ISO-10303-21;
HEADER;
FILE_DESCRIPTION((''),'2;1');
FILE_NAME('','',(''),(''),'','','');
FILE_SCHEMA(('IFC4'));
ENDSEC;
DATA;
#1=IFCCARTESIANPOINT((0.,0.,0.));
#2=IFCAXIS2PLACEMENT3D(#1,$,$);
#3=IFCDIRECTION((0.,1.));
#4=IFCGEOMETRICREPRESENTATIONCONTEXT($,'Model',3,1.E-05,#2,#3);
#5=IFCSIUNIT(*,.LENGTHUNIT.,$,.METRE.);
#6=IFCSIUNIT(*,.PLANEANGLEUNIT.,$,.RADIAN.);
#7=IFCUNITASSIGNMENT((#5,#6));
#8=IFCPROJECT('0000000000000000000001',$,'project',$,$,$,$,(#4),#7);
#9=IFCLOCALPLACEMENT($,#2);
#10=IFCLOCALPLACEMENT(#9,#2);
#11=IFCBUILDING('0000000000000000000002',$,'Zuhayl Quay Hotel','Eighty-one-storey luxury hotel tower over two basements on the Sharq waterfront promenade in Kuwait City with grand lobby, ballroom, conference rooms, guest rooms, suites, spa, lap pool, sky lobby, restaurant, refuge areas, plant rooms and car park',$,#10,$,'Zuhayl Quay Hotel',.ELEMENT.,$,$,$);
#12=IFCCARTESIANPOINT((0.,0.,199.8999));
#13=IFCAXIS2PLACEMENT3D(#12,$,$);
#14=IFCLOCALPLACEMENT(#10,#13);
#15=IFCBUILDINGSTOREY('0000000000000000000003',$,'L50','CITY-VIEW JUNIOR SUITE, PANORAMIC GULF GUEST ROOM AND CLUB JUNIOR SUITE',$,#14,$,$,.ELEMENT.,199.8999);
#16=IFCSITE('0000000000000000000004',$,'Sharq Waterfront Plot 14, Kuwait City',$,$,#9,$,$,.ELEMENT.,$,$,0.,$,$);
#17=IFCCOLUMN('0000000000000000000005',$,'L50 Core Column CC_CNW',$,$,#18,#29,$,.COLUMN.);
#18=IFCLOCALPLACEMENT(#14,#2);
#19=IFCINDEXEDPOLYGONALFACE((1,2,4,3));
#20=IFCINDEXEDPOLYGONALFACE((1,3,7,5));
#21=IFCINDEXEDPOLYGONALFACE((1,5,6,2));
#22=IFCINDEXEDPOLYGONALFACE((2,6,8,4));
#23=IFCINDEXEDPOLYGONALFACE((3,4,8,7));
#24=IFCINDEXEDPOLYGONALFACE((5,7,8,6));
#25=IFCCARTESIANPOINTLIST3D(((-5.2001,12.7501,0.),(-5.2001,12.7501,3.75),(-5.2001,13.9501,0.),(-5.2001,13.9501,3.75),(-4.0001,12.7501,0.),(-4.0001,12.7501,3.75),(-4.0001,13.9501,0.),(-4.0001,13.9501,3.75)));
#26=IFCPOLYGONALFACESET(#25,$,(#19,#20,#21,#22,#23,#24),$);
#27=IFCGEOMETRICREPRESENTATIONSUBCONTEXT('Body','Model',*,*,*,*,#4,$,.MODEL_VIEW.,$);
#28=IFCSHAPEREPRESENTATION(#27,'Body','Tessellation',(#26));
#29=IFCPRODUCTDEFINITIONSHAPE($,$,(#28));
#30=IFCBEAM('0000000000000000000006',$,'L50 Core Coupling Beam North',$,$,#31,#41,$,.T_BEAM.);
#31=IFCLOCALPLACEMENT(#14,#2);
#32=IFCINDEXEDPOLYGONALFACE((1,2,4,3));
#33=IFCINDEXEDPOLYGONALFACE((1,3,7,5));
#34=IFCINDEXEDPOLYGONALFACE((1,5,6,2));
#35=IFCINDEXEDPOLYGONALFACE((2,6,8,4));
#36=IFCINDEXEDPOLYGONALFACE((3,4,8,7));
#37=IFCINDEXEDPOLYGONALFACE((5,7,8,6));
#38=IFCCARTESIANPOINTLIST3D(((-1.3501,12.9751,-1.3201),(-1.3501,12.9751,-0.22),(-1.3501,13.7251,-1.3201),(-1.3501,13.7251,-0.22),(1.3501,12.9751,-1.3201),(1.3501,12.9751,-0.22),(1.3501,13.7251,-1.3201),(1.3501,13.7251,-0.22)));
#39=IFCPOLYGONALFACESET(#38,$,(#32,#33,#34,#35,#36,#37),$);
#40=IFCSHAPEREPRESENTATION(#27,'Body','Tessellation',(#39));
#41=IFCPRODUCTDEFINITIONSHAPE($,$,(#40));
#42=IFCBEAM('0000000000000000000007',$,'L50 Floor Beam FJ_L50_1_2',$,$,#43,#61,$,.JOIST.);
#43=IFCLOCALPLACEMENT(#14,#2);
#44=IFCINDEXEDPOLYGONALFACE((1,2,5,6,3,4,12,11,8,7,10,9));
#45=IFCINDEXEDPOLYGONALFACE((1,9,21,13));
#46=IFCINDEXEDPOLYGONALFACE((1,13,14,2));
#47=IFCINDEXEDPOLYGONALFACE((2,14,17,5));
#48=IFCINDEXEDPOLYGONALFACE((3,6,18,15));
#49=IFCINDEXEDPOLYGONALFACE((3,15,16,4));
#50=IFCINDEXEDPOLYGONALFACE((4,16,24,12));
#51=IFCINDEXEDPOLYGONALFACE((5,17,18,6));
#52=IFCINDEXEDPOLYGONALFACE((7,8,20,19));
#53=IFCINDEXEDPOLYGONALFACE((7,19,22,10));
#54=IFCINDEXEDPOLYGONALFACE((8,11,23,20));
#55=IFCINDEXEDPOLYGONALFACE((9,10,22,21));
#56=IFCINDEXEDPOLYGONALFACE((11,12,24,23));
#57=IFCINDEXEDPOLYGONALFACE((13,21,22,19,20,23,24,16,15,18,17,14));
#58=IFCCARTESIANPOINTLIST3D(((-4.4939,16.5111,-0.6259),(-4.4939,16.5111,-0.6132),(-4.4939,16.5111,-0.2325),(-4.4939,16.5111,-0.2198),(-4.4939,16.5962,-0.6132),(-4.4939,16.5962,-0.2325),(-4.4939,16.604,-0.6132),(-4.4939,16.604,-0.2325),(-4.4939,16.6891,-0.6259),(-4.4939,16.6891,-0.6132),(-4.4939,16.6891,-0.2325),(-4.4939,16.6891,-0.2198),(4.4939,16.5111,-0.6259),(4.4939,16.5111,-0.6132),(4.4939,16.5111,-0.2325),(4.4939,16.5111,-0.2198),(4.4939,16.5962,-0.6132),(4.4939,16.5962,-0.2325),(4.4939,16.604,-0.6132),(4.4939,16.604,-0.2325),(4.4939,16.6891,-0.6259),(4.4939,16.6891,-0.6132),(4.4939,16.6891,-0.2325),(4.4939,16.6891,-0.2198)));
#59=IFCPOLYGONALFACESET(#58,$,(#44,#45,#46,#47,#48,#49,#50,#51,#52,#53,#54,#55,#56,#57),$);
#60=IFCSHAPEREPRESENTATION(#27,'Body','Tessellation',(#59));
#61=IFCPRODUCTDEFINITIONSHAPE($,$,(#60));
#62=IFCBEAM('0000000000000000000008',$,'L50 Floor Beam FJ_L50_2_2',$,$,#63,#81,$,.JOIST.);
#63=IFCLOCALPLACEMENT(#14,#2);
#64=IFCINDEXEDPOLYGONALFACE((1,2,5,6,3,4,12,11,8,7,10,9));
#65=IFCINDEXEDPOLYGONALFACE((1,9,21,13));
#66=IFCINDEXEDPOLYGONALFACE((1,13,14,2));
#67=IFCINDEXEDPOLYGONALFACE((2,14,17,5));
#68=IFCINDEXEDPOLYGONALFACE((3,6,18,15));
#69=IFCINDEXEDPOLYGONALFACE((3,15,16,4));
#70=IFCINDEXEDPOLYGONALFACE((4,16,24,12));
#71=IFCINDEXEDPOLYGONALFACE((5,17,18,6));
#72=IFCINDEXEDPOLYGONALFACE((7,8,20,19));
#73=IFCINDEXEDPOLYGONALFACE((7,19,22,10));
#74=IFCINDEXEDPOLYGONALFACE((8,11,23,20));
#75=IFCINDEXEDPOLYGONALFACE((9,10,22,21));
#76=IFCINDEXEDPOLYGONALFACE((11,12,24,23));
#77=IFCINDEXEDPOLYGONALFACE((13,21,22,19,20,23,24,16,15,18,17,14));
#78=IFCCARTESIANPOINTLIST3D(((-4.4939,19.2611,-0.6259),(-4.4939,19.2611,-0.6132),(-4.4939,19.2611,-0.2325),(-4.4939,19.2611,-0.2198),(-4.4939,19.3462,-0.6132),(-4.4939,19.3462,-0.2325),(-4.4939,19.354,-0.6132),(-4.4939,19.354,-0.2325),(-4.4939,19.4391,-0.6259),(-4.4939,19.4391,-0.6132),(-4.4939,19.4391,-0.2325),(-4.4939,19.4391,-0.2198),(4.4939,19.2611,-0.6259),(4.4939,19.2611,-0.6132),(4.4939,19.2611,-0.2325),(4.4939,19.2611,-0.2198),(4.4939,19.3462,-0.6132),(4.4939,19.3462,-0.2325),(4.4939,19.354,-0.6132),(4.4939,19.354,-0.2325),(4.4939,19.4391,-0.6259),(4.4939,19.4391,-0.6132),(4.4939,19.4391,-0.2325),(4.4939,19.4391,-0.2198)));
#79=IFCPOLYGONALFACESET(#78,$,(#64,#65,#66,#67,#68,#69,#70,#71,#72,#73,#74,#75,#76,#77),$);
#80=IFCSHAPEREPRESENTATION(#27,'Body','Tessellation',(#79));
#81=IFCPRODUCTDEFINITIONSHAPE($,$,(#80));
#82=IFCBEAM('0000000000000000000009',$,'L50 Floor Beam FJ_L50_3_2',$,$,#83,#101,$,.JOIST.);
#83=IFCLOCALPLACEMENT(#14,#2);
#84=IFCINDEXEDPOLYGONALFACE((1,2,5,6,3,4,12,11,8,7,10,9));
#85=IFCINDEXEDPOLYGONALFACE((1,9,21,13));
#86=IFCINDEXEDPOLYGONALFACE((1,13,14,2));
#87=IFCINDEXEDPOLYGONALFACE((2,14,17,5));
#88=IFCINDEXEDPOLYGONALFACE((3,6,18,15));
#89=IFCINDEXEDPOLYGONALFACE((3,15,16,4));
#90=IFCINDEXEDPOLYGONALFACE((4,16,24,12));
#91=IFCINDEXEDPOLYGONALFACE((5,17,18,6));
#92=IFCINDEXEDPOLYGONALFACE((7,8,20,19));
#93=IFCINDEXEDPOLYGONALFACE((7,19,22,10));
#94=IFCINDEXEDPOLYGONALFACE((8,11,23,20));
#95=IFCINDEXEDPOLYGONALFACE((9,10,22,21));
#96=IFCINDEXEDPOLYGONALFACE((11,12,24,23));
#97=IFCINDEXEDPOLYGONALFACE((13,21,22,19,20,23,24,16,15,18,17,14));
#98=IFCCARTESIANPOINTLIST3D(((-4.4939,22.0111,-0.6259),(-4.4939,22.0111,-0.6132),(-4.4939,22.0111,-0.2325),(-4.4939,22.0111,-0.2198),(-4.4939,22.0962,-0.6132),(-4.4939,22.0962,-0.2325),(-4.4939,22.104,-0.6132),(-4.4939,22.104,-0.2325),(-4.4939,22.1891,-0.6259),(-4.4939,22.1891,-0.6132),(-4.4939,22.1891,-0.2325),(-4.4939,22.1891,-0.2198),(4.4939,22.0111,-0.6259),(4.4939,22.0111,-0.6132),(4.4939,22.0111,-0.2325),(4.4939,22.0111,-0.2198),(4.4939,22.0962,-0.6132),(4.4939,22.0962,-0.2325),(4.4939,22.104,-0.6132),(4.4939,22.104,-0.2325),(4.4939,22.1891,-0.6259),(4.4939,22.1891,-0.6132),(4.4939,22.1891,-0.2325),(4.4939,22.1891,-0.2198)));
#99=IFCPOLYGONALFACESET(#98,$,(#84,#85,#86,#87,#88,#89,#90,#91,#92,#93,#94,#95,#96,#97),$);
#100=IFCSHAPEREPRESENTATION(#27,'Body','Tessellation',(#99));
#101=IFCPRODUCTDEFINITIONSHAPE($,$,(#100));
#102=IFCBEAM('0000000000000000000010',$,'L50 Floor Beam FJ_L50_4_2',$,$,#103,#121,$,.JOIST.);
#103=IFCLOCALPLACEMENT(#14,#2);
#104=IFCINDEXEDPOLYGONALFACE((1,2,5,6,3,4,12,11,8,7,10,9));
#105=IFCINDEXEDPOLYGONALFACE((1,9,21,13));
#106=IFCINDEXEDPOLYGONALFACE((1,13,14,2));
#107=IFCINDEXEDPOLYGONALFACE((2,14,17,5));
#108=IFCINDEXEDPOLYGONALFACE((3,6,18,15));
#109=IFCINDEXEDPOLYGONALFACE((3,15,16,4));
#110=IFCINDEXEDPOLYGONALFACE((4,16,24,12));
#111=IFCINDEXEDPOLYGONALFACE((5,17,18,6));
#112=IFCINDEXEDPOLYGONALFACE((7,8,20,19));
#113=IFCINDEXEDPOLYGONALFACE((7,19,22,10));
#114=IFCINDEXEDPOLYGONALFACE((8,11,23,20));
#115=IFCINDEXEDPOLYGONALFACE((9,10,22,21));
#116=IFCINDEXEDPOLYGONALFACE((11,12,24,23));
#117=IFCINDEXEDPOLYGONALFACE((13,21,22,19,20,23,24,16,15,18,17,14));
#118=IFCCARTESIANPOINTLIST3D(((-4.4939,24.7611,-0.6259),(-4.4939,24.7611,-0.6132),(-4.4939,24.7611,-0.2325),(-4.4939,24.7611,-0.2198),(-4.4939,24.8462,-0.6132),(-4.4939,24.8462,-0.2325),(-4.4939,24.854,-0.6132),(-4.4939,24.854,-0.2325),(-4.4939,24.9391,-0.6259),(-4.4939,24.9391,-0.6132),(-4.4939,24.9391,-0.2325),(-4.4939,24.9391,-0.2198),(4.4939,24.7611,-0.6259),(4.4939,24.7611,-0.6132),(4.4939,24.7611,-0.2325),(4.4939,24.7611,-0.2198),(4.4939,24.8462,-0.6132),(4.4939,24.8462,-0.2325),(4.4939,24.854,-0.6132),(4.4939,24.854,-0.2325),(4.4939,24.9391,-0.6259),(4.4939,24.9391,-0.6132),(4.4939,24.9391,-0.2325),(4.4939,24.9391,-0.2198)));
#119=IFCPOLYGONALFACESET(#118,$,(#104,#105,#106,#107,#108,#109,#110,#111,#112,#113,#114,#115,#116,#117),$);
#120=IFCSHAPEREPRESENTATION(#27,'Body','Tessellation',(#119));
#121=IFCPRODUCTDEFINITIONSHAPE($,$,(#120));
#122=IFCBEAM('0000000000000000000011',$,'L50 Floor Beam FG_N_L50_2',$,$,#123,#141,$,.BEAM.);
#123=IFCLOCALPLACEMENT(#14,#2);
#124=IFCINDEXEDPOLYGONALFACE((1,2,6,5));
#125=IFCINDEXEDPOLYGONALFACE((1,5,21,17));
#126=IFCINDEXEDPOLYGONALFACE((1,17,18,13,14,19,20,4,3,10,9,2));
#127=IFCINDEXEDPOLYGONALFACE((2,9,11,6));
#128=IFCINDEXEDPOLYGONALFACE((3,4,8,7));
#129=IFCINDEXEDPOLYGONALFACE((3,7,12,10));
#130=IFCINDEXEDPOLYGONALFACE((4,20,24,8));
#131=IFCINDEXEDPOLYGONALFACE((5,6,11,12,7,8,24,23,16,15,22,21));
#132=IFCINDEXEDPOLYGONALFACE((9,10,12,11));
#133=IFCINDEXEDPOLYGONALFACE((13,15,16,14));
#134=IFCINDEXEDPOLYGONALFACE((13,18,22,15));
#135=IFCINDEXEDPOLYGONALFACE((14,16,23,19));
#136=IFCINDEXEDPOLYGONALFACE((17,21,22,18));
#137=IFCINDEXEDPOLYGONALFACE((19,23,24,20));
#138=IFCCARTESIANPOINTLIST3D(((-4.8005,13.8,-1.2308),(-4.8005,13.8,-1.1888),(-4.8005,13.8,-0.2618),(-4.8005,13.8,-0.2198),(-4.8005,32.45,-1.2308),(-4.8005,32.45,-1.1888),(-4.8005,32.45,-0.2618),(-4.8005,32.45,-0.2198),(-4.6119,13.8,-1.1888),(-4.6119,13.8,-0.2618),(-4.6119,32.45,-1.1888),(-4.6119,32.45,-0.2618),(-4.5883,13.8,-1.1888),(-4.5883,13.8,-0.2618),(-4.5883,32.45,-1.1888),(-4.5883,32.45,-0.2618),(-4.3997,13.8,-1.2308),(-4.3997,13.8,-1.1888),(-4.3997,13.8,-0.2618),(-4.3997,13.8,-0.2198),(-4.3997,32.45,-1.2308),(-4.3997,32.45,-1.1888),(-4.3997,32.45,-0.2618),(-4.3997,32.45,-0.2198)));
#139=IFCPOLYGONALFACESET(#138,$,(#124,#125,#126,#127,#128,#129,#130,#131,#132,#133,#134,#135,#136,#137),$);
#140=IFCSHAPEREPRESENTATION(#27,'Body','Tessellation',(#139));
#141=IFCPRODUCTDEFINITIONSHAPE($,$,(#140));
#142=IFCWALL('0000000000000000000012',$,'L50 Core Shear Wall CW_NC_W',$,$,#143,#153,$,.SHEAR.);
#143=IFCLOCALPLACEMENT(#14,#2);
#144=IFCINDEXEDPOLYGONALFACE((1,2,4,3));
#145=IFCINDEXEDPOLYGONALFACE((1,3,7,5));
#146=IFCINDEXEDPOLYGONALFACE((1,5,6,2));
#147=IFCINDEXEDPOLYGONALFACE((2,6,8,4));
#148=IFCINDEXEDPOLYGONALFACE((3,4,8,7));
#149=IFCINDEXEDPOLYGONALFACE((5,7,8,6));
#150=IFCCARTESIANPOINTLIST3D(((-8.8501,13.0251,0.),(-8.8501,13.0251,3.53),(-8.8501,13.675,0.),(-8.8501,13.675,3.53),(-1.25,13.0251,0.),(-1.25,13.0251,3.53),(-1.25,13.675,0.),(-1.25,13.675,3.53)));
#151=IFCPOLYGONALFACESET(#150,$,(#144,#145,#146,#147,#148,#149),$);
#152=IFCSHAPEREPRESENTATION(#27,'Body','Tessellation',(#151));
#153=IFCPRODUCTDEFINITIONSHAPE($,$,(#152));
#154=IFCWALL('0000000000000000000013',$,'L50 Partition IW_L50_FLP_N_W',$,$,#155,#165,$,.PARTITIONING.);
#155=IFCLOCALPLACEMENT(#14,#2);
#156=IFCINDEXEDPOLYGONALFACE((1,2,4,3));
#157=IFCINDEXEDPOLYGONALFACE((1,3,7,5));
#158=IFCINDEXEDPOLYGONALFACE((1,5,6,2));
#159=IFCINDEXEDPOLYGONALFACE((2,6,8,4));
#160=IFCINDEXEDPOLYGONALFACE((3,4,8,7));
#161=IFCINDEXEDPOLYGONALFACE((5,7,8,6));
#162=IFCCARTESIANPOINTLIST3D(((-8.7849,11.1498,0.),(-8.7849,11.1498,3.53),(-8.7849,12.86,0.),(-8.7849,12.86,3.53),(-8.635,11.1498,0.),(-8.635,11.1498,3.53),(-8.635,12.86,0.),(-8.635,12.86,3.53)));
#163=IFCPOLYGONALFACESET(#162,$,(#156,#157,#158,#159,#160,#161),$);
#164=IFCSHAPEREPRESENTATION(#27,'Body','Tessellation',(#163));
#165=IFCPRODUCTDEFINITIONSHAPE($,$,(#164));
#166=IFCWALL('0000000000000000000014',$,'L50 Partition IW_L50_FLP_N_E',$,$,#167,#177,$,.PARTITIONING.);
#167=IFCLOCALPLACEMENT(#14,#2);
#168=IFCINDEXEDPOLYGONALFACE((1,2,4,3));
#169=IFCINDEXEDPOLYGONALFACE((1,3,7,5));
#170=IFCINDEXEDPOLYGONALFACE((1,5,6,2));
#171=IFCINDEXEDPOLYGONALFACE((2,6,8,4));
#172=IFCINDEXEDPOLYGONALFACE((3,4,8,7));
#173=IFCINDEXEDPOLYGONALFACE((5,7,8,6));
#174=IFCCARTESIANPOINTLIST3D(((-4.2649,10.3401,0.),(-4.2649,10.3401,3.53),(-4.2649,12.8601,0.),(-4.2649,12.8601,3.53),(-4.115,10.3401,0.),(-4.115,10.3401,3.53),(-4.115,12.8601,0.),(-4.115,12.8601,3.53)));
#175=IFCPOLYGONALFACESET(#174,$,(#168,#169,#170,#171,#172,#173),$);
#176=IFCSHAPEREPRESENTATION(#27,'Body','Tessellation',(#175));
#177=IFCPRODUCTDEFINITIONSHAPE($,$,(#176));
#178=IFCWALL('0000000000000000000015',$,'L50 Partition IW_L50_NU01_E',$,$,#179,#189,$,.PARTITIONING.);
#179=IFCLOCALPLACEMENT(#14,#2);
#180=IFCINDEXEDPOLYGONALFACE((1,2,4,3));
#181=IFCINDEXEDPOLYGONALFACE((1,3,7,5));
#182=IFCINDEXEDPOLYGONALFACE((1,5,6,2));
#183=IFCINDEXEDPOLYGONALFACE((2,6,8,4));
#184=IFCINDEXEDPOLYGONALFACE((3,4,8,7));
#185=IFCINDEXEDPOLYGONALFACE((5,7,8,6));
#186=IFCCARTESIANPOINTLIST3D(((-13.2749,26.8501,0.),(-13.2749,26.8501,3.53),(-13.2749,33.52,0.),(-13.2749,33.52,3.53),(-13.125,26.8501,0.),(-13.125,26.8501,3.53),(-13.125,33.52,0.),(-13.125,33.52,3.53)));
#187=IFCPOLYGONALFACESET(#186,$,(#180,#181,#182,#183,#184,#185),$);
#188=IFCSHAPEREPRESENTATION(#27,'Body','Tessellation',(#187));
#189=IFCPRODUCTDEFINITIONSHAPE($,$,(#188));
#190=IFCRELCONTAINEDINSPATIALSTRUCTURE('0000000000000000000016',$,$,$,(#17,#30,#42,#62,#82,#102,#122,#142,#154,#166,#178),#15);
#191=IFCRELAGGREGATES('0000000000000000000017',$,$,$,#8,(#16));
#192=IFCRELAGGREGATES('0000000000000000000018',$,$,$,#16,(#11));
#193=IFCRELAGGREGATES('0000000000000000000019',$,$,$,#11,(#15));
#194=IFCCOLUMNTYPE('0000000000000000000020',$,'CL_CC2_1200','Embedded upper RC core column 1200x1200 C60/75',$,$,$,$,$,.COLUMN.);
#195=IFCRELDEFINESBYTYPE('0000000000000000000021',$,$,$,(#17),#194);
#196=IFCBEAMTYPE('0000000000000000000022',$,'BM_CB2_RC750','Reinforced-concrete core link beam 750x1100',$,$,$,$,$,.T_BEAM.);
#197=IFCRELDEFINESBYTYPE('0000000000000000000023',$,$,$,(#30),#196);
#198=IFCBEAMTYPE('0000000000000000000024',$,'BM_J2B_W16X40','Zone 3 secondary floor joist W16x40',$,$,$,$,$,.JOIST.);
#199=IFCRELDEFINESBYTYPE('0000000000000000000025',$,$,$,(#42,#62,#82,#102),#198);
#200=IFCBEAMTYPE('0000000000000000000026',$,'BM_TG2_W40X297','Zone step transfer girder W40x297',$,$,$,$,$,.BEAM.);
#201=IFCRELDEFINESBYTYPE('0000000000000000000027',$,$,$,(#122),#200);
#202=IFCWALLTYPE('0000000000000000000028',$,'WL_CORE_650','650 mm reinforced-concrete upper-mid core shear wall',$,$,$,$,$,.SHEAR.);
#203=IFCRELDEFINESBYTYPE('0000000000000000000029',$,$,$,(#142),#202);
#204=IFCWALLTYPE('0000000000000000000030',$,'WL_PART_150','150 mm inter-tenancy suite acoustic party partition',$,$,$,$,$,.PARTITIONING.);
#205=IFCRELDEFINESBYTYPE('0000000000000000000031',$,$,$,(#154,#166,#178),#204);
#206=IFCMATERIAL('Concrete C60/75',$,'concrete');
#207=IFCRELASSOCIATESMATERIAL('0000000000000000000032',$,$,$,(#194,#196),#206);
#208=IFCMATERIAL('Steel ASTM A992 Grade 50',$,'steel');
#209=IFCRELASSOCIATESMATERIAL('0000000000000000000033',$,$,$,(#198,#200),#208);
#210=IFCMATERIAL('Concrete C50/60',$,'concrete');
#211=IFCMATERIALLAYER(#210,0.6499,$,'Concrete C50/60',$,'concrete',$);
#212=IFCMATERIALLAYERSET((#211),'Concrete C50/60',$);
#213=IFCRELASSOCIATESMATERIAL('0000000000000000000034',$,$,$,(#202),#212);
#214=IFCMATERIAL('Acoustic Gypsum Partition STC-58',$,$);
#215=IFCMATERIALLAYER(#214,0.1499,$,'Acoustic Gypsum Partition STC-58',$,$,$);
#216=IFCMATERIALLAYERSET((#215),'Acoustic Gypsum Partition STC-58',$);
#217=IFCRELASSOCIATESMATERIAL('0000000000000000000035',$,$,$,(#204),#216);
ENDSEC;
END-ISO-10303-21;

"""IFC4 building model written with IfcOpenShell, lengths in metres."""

from ifc_helpers import new_model, si_unit, direction, frame, frame_2d, origin, origin_2d, place, context, subcontext, project, spatial, rectangle, i_section, extrude, material, layer, layer_set, material_profile, profile_set, type_object, element, save


model = new_model("IFC4")

# Units and contexts
model_context = context("Model", 3, precision=1e-05, world=origin(), true_north=direction((0.0, 1.0)))
body_context = subcontext(model_context, "Body", "Model", "MODEL_VIEW")
ifc_project = project(units=[si_unit("LENGTHUNIT", "METRE"), si_unit("PLANEANGLEUNIT", "RADIAN")], contexts=[model_context])

# Site, building, storey
site_placement = place(None, origin())
site = spatial("IfcSite", under=ifc_project, at=site_placement, Name="Sharq Waterfront Plot 14, Kuwait City", CompositionType="ELEMENT", RefElevation=0.0)
building_placement = place(site_placement, origin())
building = spatial("IfcBuilding", under=site, at=building_placement, Name="Zuhayl Quay Hotel", Description="Eighty-one-storey luxury hotel tower over two basements on the Sharq waterfront promenade in Kuwait City with grand lobby, ballroom, conference rooms, guest rooms, suites, spa, lap pool, sky lobby, restaurant, refuge areas, plant rooms and car park", LongName="Zuhayl Quay Hotel", CompositionType="ELEMENT")
storey_placement = place(building_placement, frame((0.0, 0.0, 199.8999)))
storey = spatial("IfcBuildingStorey", under=building, at=storey_placement, Name="L50", Description="CITY-VIEW JUNIOR SUITE, PANORAMIC GULF GUEST ROOM AND CLUB JUNIOR SUITE", CompositionType="ELEMENT", Elevation=199.8999)

# Column
ifc_material_1 = material(Name="Concrete C60/75", Category="concrete")
ifc_material_profile_1 = material_profile(ifc_material_1, rectangle(XDim=1.2, YDim=1.2, at=origin_2d()), Name="RC1200X1200")
ifc_profile_set_1 = profile_set([ifc_material_profile_1], Name="Concrete C60/75")
column_type = type_object("IfcColumnType", Name="CL_CC2_1200", Description="Embedded upper RC core column 1200x1200 C60/75", PredefinedType="COLUMN", material=ifc_profile_set_1)
column_placement = place(storey_placement, frame((-4.6001, 13.3501, 0.0), z_axis=(0.0, 0.0, 1.0), x_axis=(1.0, 0.0, 0.0)))
element("IfcColumn", 1, at=column_placement, inside=storey, type_object=column_type, Name="L50 Core Column CC_CNW", PredefinedType="COLUMN", context=body_context, shape_type="SweptSolid", body=[
    extrude(rectangle(XDim=1.2, YDim=1.2, at=origin_2d()), origin(), (0.0, 0.0, 1.0), 3.75),
])

# Beams
ifc_material_profile_2 = material_profile(ifc_material_1, rectangle(XDim=0.75, YDim=1.1001, at=origin_2d()), Name="RC750X1100")
ifc_profile_set_2 = profile_set([ifc_material_profile_2], Name="Concrete C60/75")
beam_type_1 = type_object("IfcBeamType", Name="BM_CB2_RC750", Description="Reinforced-concrete core link beam 750x1100", PredefinedType="T_BEAM", material=ifc_profile_set_2)
beam_1_placement = place(storey_placement, frame((-1.3501, 13.3501, -0.77), z_axis=(1.0, 0.0, 0.0), x_axis=(0.0, 1.0, 0.0)))
element("IfcBeam", 2, at=beam_1_placement, inside=storey, type_object=beam_type_1, Name="L50 Core Coupling Beam North", PredefinedType="T_BEAM", context=body_context, shape_type="SweptSolid", body=[
    extrude(rectangle(XDim=0.75, YDim=1.1001, at=origin_2d()), origin(), (0.0, 0.0, 1.0), 2.7002),
])
ifc_material_2 = material(Name="Steel ASTM A992 Grade 50", Category="steel")
ifc_material_profile_3 = material_profile(ifc_material_2, i_section(OverallWidth=0.178, OverallDepth=0.406, WebThickness=0.0078, FlangeThickness=0.0127, at=origin_2d()), Name="W16X40")
ifc_profile_set_3 = profile_set([ifc_material_profile_3], Name="Steel ASTM A992 Grade 50")
beam_type_2 = type_object("IfcBeamType", Name="BM_J2B_W16X40", Description="Zone 3 secondary floor joist W16x40", PredefinedType="JOIST", material=ifc_profile_set_3)
for number, where, z_axis, x_axis, name in (
    (3, (-4.4939, 16.6001, -0.4229), (1.0, 0.0, 0.0), (0.0, 1.0, 0.0), "L50 Floor Beam FJ_L50_1_2"),
    (4, (-4.4939, 19.3501, -0.4229), (1.0, 0.0, 0.0), (0.0, 1.0, 0.0), "L50 Floor Beam FJ_L50_2_2"),
    (5, (-4.4939, 22.1001, -0.4229), (1.0, 0.0, 0.0), (0.0, 1.0, 0.0), "L50 Floor Beam FJ_L50_3_2"),
    (6, (-4.4939, 24.8501, -0.4229), (1.0, 0.0, 0.0), (0.0, 1.0, 0.0), "L50 Floor Beam FJ_L50_4_2"),
):
    element("IfcBeam", number, at=place(storey_placement, frame(where, z_axis=z_axis, x_axis=x_axis)), inside=storey, type_object=beam_type_2, Name=name, PredefinedType="JOIST", context=body_context, shape_type="SweptSolid", body=[
        extrude(i_section(OverallWidth=0.178, OverallDepth=0.406, WebThickness=0.0078, FlangeThickness=0.0127, at=origin_2d()), origin(), (0.0, 0.0, 1.0), 8.9878),
    ])
ifc_material_profile_4 = material_profile(ifc_material_2, i_section(OverallWidth=0.4009, OverallDepth=1.011, WebThickness=0.0237, FlangeThickness=0.042, at=origin_2d()), Name="W40X297")
ifc_profile_set_4 = profile_set([ifc_material_profile_4], Name="Steel ASTM A992 Grade 50")
beam_type_3 = type_object("IfcBeamType", Name="BM_TG2_W40X297", Description="Zone step transfer girder W40x297", PredefinedType="BEAM", material=ifc_profile_set_4)
beam_2_placement = place(storey_placement, frame((-4.6001, 13.8, -0.7253), z_axis=(0.0, 1.0, 0.0), x_axis=(-1.0, 0.0, 0.0)))
element("IfcBeam", 7, at=beam_2_placement, inside=storey, type_object=beam_type_3, Name="L50 Floor Beam FG_N_L50_2", PredefinedType="BEAM", context=body_context, shape_type="SweptSolid", body=[
    extrude(i_section(OverallWidth=0.4009, OverallDepth=1.011, WebThickness=0.0237, FlangeThickness=0.042, at=origin_2d()), origin(), (0.0, 0.0, 1.0), 18.6499),
])

# Walls
ifc_material_3 = material(Name="Concrete C50/60", Category="concrete")
ifc_layer_1 = layer(ifc_material_3, 0.6499, Name="Concrete C50/60", Category="concrete")
ifc_layer_set_1 = layer_set([ifc_layer_1], Name="Concrete C50/60")
wall_type_1 = type_object("IfcWallType", Name="WL_CORE_650", Description="650 mm reinforced-concrete upper-mid core shear wall", PredefinedType="SHEAR", material=ifc_layer_set_1)
wall_1_placement = place(storey_placement, frame((-8.8501, 13.3501, 0.0), z_axis=(0.0, 0.0, 1.0), x_axis=(1.0, 0.0, 0.0)))
element("IfcWall", 8, at=wall_1_placement, inside=storey, type_object=wall_type_1, Name="L50 Core Shear Wall CW_NC_W", PredefinedType="SHEAR", context=body_context, shape_type="SweptSolid", body=[
    extrude(rectangle(XDim=7.6001, YDim=0.6499, at=frame_2d((3.8, 0.0))), origin(), (0.0, 0.0, 1.0), 3.53),
])
ifc_material_4 = material(Name="Acoustic Gypsum Partition STC-58")
ifc_layer_2 = layer(ifc_material_4, 0.1499, Name="Acoustic Gypsum Partition STC-58")
ifc_layer_set_2 = layer_set([ifc_layer_2], Name="Acoustic Gypsum Partition STC-58")
wall_type_2 = type_object("IfcWallType", Name="WL_PART_150", Description="150 mm inter-tenancy suite acoustic party partition", PredefinedType="PARTITIONING", material=ifc_layer_set_2)
wall_2_placement = place(storey_placement, frame((-8.71, 11.1499, 0.0), z_axis=(0.0, 0.0, 1.0), x_axis=(0.0, 1.0, 0.0)))
element("IfcWall", 9, at=wall_2_placement, inside=storey, type_object=wall_type_2, Name="L50 Partition IW_L50_FLP_N_W", PredefinedType="PARTITIONING", context=body_context, shape_type="SweptSolid", body=[
    extrude(rectangle(XDim=1.7102, YDim=0.1499, at=frame_2d((0.855, 0.0))), origin(), (0.0, 0.0, 1.0), 3.53),
])
wall_3_placement = place(storey_placement, frame((-4.1899, 10.3401, 0.0), z_axis=(0.0, 0.0, 1.0), x_axis=(0.0, 1.0, 0.0)))
element("IfcWall", 10, at=wall_3_placement, inside=storey, type_object=wall_type_2, Name="L50 Partition IW_L50_FLP_N_E", PredefinedType="PARTITIONING", context=body_context, shape_type="SweptSolid", body=[
    extrude(rectangle(XDim=2.52, YDim=0.1499, at=frame_2d((1.26, 0.0))), origin(), (0.0, 0.0, 1.0), 3.53),
])
for number, where, z_axis, x_axis, name in (
    (11, (-13.2, 26.8501, 0.0), (0.0, 0.0, 1.0), (0.0, 1.0, 0.0), "L50 Partition IW_L50_NU01_E"),
):
    element("IfcWall", number, at=place(storey_placement, frame(where, z_axis=z_axis, x_axis=x_axis)), inside=storey, type_object=wall_type_2, Name=name, PredefinedType="PARTITIONING", context=body_context, shape_type="SweptSolid", body=[
        extrude(rectangle(XDim=6.6699, YDim=0.1499, at=frame_2d((3.335, 0.0))), origin(), (0.0, 0.0, 1.0), 3.53),
    ])

save(model, "model.ifc")
